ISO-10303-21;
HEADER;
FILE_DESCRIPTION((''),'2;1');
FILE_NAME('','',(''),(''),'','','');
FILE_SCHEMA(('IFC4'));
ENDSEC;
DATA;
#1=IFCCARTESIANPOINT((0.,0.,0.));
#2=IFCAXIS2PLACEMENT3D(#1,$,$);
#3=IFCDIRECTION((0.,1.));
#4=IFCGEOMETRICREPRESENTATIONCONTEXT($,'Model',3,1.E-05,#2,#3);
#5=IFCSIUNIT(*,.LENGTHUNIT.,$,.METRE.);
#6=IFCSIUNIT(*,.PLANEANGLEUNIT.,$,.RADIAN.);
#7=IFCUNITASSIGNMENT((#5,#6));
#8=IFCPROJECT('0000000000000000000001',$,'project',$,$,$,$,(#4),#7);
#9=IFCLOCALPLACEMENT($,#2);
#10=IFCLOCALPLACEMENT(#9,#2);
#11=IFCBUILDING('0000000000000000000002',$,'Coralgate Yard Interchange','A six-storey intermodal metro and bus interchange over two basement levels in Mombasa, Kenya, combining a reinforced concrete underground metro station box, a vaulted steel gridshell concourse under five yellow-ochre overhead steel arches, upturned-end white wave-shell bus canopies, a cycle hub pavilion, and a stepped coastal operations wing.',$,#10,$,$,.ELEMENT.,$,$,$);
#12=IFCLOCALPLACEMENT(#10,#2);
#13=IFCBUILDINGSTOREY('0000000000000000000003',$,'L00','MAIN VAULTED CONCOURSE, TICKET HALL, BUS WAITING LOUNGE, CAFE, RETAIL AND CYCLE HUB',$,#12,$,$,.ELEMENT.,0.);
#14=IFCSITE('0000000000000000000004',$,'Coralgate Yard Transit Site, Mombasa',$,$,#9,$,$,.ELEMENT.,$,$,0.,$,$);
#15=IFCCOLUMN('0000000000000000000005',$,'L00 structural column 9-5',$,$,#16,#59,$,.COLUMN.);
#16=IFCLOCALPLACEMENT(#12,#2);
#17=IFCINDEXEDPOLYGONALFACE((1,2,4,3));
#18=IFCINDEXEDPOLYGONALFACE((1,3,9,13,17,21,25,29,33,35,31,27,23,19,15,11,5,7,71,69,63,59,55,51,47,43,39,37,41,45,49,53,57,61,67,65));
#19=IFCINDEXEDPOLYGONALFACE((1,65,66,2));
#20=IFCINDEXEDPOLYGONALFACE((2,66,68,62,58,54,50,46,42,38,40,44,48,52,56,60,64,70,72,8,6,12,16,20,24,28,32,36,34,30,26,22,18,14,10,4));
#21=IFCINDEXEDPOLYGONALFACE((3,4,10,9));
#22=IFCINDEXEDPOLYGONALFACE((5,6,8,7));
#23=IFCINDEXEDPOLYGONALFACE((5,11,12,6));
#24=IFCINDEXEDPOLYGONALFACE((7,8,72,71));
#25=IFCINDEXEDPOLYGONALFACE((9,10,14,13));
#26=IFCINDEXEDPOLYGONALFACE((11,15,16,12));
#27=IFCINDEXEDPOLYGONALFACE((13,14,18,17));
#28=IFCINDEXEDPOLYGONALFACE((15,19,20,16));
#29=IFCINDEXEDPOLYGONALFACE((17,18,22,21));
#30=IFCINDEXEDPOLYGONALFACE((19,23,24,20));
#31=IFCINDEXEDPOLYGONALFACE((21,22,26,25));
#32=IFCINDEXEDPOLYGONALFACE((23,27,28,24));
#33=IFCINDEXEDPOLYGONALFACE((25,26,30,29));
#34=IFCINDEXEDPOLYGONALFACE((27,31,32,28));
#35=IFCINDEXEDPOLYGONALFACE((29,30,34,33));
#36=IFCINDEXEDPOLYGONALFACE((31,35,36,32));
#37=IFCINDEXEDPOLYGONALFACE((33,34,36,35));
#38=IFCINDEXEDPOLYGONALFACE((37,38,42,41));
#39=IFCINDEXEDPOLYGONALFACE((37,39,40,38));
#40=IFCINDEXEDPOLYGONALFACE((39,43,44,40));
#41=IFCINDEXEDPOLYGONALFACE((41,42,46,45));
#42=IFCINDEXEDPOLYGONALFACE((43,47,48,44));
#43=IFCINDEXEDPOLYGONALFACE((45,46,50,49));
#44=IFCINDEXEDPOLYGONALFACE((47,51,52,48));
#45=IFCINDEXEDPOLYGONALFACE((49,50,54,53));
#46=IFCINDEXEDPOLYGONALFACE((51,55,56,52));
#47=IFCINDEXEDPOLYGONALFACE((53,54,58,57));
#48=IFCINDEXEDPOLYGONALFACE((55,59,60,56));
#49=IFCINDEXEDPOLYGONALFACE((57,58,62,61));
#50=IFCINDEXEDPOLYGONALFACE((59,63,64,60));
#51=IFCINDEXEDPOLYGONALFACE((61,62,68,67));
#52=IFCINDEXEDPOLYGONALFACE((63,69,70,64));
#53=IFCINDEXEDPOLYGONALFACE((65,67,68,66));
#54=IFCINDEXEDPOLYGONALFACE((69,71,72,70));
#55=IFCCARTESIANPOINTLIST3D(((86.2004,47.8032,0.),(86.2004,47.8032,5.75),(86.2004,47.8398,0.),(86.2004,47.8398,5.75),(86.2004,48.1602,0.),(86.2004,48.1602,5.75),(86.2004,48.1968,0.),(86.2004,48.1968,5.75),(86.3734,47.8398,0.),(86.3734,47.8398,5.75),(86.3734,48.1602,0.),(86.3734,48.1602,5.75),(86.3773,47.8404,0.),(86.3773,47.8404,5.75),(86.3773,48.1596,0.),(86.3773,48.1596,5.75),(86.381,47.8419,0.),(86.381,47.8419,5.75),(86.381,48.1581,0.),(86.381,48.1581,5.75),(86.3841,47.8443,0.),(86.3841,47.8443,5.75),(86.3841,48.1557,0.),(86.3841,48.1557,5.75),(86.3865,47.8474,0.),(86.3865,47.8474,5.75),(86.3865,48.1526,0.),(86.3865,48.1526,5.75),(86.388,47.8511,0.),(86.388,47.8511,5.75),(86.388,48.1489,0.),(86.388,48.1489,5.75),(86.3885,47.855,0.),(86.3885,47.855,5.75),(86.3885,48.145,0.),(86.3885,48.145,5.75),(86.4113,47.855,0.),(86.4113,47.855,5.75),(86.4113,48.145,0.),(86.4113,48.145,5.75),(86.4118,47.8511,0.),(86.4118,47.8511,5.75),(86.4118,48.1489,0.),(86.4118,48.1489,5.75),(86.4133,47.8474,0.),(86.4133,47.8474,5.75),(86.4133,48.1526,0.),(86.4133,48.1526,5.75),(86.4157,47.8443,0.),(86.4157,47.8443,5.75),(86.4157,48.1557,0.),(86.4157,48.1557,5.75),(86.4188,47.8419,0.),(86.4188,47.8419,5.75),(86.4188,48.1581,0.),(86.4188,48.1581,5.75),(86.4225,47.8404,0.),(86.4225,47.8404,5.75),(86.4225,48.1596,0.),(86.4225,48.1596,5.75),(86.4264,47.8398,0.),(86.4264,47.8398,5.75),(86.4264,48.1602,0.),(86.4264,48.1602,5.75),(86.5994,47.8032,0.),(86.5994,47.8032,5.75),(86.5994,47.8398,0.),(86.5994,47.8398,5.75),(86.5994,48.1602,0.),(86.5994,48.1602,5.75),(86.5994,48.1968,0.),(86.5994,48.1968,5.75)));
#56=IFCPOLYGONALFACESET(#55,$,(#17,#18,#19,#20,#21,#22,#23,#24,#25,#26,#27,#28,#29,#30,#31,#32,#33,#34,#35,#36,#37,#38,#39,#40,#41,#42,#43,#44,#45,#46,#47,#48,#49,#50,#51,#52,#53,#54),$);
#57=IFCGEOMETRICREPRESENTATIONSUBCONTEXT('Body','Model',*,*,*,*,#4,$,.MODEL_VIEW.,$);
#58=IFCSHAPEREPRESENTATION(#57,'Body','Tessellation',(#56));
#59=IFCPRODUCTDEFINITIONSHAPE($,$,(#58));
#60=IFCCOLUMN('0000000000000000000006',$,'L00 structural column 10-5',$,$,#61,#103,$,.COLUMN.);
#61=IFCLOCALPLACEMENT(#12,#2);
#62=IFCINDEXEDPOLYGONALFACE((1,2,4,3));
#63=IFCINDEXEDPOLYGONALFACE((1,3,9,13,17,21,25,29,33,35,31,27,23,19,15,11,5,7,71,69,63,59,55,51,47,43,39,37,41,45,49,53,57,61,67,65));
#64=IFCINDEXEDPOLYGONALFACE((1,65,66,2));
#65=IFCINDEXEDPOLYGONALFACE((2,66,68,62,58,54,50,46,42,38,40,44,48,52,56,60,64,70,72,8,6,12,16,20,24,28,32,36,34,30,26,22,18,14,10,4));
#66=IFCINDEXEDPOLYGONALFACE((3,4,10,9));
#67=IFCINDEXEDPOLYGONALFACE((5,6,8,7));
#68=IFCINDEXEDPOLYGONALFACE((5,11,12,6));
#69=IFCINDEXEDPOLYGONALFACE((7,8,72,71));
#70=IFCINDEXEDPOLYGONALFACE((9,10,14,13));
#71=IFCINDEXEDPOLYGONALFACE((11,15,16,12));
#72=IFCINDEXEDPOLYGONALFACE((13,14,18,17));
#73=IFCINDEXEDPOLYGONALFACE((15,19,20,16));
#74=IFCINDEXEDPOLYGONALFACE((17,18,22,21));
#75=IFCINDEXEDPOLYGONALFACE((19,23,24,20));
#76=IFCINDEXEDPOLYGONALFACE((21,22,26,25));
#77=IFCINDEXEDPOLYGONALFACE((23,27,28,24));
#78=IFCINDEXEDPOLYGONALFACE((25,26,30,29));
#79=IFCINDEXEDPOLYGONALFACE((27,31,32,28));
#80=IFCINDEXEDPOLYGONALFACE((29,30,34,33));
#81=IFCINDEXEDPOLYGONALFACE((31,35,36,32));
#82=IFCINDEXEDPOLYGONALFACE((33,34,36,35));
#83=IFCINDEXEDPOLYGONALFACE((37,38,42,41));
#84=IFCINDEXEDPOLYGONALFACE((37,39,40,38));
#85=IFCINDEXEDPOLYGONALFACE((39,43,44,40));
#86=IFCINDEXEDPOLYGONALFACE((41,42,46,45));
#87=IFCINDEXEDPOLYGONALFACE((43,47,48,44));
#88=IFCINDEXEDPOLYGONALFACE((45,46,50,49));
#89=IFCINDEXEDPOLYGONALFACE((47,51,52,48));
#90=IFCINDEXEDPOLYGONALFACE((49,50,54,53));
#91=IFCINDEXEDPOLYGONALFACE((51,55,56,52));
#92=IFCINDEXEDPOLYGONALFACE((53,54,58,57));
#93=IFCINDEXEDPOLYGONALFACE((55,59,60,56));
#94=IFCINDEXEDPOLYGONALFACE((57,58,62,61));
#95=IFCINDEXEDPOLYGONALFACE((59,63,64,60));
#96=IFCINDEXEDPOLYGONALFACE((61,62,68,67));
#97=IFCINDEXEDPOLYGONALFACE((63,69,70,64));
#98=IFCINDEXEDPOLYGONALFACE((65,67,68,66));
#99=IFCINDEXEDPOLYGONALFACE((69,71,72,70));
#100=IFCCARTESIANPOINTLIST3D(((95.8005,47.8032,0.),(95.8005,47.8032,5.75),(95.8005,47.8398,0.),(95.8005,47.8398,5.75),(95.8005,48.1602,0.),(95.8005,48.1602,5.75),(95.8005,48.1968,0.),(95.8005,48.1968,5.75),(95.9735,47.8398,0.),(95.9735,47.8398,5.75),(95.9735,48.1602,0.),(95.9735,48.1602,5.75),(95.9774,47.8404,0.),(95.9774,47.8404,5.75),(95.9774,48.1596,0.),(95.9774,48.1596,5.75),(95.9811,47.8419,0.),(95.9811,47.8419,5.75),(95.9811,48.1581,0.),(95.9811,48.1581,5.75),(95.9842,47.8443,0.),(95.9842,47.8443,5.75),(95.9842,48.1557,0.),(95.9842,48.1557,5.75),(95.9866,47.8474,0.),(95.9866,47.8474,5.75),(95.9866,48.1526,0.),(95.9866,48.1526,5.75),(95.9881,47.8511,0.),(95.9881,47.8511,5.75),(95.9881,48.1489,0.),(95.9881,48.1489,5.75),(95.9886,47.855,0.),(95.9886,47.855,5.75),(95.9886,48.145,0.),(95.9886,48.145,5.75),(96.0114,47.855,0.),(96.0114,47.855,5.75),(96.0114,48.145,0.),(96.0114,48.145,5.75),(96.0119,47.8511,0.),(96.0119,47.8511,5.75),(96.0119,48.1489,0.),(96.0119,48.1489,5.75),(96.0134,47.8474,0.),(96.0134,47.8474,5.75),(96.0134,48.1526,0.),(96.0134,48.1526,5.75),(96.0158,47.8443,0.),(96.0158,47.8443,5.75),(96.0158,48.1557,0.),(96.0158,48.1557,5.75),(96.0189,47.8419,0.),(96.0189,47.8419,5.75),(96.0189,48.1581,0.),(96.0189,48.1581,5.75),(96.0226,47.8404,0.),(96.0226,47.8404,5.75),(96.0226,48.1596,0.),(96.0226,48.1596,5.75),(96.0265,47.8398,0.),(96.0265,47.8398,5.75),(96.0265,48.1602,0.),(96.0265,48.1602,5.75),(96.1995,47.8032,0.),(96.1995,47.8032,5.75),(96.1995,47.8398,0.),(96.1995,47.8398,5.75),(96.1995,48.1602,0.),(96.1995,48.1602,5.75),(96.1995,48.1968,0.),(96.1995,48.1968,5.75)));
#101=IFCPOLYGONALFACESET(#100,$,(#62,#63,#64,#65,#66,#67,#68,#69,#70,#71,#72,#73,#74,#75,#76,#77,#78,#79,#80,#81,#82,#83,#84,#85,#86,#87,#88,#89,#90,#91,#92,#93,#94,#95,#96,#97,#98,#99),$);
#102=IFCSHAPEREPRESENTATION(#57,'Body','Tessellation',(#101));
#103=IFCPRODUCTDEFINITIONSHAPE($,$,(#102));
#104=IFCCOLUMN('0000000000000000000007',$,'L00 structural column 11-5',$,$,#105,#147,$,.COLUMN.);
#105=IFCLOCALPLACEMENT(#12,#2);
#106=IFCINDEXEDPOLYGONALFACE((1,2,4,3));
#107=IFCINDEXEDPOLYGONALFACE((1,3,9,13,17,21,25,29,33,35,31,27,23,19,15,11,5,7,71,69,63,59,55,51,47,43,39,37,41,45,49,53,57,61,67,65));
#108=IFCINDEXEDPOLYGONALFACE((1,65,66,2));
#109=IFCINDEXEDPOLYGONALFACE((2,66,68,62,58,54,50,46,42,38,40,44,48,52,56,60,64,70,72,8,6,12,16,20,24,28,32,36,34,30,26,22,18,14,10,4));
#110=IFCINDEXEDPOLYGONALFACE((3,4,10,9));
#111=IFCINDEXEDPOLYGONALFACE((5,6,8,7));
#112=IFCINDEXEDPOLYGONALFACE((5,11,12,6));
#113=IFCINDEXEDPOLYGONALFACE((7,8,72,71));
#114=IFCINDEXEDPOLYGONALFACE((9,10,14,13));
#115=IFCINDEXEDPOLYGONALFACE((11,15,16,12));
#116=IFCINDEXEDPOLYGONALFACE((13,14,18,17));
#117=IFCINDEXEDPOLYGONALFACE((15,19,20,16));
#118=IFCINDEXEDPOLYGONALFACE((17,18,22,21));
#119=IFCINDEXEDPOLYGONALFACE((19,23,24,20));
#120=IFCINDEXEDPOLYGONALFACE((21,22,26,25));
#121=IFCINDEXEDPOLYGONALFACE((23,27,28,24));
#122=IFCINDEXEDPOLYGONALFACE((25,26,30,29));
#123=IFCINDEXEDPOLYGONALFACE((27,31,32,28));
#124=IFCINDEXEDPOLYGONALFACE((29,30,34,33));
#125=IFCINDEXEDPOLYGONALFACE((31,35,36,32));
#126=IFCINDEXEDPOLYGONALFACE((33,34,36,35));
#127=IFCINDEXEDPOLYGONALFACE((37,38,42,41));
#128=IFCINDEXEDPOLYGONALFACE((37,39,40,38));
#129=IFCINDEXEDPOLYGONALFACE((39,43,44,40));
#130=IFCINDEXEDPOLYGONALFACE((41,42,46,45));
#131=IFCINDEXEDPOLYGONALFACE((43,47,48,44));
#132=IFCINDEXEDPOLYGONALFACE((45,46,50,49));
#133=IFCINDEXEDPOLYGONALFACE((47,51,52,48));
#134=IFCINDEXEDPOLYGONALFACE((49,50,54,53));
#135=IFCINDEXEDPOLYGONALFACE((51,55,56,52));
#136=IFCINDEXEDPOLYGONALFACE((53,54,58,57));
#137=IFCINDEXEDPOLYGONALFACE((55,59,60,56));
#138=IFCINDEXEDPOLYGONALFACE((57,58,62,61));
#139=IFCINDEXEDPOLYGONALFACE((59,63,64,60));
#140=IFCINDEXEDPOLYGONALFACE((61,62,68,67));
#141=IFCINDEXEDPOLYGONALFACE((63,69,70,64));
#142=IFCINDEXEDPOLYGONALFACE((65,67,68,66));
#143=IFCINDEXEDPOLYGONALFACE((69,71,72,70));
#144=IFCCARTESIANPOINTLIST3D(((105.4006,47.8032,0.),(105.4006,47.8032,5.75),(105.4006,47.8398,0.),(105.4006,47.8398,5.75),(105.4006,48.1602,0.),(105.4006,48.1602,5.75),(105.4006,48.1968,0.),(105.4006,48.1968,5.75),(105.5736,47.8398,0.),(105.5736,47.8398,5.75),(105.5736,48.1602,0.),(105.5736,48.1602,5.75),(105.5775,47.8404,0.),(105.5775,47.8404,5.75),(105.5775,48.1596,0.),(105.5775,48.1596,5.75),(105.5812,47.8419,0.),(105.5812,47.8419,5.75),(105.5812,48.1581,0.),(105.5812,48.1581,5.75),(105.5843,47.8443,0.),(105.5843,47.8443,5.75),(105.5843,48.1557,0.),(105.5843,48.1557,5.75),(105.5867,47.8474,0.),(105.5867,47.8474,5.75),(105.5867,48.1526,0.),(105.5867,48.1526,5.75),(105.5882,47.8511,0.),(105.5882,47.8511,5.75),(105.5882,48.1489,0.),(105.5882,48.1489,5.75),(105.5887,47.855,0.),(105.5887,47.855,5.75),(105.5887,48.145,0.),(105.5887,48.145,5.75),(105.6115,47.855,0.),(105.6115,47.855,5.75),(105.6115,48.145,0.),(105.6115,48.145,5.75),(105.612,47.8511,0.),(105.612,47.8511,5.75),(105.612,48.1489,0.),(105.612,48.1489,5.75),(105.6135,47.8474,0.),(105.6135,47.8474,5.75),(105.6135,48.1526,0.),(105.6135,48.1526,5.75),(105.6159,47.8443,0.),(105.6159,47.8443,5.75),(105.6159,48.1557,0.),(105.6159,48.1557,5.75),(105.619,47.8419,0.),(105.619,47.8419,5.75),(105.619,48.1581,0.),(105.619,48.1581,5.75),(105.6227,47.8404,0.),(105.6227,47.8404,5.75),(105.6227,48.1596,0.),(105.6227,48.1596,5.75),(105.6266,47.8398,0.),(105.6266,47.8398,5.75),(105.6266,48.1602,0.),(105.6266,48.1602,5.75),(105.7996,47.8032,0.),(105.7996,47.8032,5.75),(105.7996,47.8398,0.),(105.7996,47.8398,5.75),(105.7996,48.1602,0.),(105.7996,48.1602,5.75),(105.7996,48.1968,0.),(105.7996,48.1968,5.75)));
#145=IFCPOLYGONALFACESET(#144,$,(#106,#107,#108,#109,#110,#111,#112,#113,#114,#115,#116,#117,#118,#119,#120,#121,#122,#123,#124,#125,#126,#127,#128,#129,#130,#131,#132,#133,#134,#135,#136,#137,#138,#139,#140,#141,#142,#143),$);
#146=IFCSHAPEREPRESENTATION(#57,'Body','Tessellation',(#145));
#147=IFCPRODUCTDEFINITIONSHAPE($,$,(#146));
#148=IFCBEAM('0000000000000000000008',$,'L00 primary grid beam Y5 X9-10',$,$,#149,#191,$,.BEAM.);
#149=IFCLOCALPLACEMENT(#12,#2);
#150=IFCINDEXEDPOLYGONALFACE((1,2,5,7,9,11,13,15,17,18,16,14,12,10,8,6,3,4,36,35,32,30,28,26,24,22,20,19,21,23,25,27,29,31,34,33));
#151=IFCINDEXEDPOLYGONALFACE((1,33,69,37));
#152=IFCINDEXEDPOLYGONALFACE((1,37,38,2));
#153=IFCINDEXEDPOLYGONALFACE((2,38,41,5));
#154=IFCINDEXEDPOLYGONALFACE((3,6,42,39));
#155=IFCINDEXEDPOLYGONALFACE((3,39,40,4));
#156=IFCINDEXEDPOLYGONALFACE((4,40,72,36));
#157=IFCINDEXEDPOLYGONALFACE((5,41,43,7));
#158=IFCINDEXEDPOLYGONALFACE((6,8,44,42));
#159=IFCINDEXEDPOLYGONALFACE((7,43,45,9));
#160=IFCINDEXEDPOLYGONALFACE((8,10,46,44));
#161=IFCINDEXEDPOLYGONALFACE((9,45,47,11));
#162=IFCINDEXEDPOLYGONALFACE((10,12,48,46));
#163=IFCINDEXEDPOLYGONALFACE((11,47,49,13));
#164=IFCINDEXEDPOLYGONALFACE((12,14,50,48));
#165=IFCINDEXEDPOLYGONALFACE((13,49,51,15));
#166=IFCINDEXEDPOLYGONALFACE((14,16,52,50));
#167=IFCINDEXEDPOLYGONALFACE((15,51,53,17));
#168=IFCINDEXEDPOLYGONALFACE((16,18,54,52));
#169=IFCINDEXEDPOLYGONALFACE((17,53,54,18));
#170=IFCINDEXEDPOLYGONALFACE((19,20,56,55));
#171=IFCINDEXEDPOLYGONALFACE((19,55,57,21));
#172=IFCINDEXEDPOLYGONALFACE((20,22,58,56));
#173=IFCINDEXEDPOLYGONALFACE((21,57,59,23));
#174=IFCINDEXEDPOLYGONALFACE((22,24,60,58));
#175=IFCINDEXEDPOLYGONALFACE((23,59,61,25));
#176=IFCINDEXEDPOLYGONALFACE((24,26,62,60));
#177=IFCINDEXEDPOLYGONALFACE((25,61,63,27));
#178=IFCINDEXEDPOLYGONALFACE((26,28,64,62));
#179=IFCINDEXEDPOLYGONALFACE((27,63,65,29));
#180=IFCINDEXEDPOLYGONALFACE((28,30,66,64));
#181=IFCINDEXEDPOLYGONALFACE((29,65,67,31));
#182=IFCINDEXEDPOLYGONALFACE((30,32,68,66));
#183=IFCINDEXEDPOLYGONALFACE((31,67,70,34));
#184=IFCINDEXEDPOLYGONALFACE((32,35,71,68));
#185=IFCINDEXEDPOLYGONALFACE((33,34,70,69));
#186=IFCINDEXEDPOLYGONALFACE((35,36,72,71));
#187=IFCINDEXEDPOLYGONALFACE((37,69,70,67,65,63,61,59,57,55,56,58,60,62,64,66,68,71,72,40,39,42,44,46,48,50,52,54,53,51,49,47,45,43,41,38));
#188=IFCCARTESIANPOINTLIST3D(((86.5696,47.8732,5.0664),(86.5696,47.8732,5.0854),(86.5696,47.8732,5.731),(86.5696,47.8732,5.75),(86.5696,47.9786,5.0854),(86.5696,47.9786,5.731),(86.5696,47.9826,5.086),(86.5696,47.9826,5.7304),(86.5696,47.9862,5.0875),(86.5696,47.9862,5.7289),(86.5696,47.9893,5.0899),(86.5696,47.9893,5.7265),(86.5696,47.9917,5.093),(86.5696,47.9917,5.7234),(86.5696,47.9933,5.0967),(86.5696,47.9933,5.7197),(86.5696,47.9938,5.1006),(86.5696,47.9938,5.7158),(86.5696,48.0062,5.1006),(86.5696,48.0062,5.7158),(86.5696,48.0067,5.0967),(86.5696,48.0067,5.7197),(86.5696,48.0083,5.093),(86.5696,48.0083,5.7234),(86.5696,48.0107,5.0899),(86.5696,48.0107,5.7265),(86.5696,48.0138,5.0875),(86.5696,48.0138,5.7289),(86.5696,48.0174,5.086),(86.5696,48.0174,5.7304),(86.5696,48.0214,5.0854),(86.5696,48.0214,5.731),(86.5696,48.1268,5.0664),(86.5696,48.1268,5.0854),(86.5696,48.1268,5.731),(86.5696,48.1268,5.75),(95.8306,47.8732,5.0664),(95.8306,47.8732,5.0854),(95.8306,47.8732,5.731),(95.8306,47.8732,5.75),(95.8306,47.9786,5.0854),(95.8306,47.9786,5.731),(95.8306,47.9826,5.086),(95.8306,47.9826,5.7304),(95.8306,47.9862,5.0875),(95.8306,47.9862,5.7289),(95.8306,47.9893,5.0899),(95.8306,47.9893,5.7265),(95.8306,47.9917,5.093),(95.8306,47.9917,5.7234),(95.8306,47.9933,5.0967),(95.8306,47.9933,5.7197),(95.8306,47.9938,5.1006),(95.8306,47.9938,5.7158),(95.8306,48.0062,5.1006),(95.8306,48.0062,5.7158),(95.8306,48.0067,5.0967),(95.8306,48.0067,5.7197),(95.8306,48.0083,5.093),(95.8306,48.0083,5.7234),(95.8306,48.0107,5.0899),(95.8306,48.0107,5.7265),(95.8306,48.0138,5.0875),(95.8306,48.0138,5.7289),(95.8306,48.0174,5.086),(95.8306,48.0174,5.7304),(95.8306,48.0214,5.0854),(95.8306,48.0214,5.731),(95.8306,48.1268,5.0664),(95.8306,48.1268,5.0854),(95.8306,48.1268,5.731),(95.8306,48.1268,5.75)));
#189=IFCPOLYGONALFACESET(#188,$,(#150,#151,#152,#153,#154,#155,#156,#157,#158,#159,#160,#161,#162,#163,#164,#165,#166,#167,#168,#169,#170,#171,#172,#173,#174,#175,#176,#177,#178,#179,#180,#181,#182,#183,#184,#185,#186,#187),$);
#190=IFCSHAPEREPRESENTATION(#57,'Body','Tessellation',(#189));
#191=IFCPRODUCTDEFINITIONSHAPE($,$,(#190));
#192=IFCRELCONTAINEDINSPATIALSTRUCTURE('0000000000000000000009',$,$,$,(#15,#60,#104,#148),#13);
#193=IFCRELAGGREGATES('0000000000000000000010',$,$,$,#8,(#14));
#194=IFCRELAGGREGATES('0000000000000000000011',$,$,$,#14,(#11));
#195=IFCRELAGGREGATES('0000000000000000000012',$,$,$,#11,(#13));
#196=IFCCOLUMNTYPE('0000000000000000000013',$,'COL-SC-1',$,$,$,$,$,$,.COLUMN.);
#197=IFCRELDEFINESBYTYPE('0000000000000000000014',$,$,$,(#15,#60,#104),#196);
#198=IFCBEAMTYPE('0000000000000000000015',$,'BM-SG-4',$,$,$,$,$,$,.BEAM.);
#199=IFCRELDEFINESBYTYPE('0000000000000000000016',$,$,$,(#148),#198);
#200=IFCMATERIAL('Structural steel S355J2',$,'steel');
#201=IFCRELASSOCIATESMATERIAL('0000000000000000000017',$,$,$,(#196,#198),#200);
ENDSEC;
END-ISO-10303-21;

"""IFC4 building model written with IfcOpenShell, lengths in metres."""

from ifc_helpers import new_model, si_unit, direction, frame, origin, origin_2d, place, context, subcontext, project, spatial, i_section, extrude, material, material_profile, profile_set, type_object, element, save


model = new_model("IFC4")

# Units and contexts
model_context = context("Model", 3, precision=1e-05, world=origin(), true_north=direction((0.0, 1.0)))
body_context = subcontext(model_context, "Body", "Model", "MODEL_VIEW")
ifc_project = project(units=[si_unit("LENGTHUNIT", "METRE"), si_unit("PLANEANGLEUNIT", "RADIAN")], contexts=[model_context])

# Site, building, storey
site_placement = place(None, origin())
site = spatial("IfcSite", under=ifc_project, at=site_placement, Name="Coralgate Yard Transit Site, Mombasa", CompositionType="ELEMENT", RefElevation=0.0)
building_placement = place(site_placement, origin())
building = spatial("IfcBuilding", under=site, at=building_placement, Name="Coralgate Yard Interchange", Description="A six-storey intermodal metro and bus interchange over two basement levels in Mombasa, Kenya, combining a reinforced concrete underground metro station box, a vaulted steel gridshell concourse under five yellow-ochre overhead steel arches, upturned-end white wave-shell bus canopies, a cycle hub pavilion, and a stepped coastal operations wing.", CompositionType="ELEMENT")
storey_placement = place(building_placement, origin())
storey = spatial("IfcBuildingStorey", under=building, at=storey_placement, Name="L00", Description="MAIN VAULTED CONCOURSE, TICKET HALL, BUS WAITING LOUNGE, CAFE, RETAIL AND CYCLE HUB", CompositionType="ELEMENT", Elevation=0.0)

# Columns
ifc_material_1 = material(Name="Structural steel S355J2", Category="steel")
ifc_material_profile_1 = material_profile(ifc_material_1, i_section(OverallWidth=0.3989, OverallDepth=0.3936, WebThickness=0.0227, FlangeThickness=0.0366, FilletRadius=0.0151, at=origin_2d()), Name="UC 356x406x287")
ifc_profile_set_1 = profile_set([ifc_material_profile_1], Name="Structural steel S355J2")
column_type = type_object("IfcColumnType", Name="COL-SC-1", PredefinedType="COLUMN", material=ifc_profile_set_1)
for number, where, z_axis, x_axis, name in (
    (1, (86.3999, 48.0, 0.0), (0.0, 0.0, 1.0), (1.0, 0.0, 0.0), "L00 structural column 9-5"),
    (2, (96.0, 48.0, 0.0), (0.0, 0.0, 1.0), (1.0, 0.0, 0.0), "L00 structural column 10-5"),
    (3, (105.6001, 48.0, 0.0), (0.0, 0.0, 1.0), (1.0, 0.0, 0.0), "L00 structural column 11-5"),
):
    element("IfcColumn", number, at=place(storey_placement, frame(where, z_axis=z_axis, x_axis=x_axis)), inside=storey, type_object=column_type, Name=name, PredefinedType="COLUMN", context=body_context, shape_type="SweptSolid", body=[
        extrude(i_section(OverallWidth=0.3989, OverallDepth=0.3936, WebThickness=0.0227, FlangeThickness=0.0366, FilletRadius=0.0151, at=origin_2d()), origin(), (0.0, 0.0, 1.0), 5.75),
    ])

# Beam
ifc_material_profile_2 = material_profile(ifc_material_1, i_section(OverallWidth=0.2537, OverallDepth=0.6836, WebThickness=0.0125, FlangeThickness=0.019, FilletRadius=0.0151, at=origin_2d()), Name="UB 686x254x140")
ifc_profile_set_2 = profile_set([ifc_material_profile_2], Name="Structural steel S355J2")
beam_type = type_object("IfcBeamType", Name="BM-SG-4", PredefinedType="BEAM", material=ifc_profile_set_2)
for number, where, z_axis, x_axis, name in (
    (4, (86.5696, 48.0, 5.4082), (1.0, 0.0, 0.0), (0.0, 1.0, 0.0), "L00 primary grid beam Y5 X9-10"),
):
    element("IfcBeam", number, at=place(storey_placement, frame(where, z_axis=z_axis, x_axis=x_axis)), inside=storey, type_object=beam_type, Name=name, PredefinedType="BEAM", context=body_context, shape_type="SweptSolid", body=[
        extrude(i_section(OverallWidth=0.2537, OverallDepth=0.6836, WebThickness=0.0125, FlangeThickness=0.019, FilletRadius=0.0151, at=origin_2d()), origin(), (0.0, 0.0, 1.0), 9.261),
    ])

save(model, "model.ifc")
